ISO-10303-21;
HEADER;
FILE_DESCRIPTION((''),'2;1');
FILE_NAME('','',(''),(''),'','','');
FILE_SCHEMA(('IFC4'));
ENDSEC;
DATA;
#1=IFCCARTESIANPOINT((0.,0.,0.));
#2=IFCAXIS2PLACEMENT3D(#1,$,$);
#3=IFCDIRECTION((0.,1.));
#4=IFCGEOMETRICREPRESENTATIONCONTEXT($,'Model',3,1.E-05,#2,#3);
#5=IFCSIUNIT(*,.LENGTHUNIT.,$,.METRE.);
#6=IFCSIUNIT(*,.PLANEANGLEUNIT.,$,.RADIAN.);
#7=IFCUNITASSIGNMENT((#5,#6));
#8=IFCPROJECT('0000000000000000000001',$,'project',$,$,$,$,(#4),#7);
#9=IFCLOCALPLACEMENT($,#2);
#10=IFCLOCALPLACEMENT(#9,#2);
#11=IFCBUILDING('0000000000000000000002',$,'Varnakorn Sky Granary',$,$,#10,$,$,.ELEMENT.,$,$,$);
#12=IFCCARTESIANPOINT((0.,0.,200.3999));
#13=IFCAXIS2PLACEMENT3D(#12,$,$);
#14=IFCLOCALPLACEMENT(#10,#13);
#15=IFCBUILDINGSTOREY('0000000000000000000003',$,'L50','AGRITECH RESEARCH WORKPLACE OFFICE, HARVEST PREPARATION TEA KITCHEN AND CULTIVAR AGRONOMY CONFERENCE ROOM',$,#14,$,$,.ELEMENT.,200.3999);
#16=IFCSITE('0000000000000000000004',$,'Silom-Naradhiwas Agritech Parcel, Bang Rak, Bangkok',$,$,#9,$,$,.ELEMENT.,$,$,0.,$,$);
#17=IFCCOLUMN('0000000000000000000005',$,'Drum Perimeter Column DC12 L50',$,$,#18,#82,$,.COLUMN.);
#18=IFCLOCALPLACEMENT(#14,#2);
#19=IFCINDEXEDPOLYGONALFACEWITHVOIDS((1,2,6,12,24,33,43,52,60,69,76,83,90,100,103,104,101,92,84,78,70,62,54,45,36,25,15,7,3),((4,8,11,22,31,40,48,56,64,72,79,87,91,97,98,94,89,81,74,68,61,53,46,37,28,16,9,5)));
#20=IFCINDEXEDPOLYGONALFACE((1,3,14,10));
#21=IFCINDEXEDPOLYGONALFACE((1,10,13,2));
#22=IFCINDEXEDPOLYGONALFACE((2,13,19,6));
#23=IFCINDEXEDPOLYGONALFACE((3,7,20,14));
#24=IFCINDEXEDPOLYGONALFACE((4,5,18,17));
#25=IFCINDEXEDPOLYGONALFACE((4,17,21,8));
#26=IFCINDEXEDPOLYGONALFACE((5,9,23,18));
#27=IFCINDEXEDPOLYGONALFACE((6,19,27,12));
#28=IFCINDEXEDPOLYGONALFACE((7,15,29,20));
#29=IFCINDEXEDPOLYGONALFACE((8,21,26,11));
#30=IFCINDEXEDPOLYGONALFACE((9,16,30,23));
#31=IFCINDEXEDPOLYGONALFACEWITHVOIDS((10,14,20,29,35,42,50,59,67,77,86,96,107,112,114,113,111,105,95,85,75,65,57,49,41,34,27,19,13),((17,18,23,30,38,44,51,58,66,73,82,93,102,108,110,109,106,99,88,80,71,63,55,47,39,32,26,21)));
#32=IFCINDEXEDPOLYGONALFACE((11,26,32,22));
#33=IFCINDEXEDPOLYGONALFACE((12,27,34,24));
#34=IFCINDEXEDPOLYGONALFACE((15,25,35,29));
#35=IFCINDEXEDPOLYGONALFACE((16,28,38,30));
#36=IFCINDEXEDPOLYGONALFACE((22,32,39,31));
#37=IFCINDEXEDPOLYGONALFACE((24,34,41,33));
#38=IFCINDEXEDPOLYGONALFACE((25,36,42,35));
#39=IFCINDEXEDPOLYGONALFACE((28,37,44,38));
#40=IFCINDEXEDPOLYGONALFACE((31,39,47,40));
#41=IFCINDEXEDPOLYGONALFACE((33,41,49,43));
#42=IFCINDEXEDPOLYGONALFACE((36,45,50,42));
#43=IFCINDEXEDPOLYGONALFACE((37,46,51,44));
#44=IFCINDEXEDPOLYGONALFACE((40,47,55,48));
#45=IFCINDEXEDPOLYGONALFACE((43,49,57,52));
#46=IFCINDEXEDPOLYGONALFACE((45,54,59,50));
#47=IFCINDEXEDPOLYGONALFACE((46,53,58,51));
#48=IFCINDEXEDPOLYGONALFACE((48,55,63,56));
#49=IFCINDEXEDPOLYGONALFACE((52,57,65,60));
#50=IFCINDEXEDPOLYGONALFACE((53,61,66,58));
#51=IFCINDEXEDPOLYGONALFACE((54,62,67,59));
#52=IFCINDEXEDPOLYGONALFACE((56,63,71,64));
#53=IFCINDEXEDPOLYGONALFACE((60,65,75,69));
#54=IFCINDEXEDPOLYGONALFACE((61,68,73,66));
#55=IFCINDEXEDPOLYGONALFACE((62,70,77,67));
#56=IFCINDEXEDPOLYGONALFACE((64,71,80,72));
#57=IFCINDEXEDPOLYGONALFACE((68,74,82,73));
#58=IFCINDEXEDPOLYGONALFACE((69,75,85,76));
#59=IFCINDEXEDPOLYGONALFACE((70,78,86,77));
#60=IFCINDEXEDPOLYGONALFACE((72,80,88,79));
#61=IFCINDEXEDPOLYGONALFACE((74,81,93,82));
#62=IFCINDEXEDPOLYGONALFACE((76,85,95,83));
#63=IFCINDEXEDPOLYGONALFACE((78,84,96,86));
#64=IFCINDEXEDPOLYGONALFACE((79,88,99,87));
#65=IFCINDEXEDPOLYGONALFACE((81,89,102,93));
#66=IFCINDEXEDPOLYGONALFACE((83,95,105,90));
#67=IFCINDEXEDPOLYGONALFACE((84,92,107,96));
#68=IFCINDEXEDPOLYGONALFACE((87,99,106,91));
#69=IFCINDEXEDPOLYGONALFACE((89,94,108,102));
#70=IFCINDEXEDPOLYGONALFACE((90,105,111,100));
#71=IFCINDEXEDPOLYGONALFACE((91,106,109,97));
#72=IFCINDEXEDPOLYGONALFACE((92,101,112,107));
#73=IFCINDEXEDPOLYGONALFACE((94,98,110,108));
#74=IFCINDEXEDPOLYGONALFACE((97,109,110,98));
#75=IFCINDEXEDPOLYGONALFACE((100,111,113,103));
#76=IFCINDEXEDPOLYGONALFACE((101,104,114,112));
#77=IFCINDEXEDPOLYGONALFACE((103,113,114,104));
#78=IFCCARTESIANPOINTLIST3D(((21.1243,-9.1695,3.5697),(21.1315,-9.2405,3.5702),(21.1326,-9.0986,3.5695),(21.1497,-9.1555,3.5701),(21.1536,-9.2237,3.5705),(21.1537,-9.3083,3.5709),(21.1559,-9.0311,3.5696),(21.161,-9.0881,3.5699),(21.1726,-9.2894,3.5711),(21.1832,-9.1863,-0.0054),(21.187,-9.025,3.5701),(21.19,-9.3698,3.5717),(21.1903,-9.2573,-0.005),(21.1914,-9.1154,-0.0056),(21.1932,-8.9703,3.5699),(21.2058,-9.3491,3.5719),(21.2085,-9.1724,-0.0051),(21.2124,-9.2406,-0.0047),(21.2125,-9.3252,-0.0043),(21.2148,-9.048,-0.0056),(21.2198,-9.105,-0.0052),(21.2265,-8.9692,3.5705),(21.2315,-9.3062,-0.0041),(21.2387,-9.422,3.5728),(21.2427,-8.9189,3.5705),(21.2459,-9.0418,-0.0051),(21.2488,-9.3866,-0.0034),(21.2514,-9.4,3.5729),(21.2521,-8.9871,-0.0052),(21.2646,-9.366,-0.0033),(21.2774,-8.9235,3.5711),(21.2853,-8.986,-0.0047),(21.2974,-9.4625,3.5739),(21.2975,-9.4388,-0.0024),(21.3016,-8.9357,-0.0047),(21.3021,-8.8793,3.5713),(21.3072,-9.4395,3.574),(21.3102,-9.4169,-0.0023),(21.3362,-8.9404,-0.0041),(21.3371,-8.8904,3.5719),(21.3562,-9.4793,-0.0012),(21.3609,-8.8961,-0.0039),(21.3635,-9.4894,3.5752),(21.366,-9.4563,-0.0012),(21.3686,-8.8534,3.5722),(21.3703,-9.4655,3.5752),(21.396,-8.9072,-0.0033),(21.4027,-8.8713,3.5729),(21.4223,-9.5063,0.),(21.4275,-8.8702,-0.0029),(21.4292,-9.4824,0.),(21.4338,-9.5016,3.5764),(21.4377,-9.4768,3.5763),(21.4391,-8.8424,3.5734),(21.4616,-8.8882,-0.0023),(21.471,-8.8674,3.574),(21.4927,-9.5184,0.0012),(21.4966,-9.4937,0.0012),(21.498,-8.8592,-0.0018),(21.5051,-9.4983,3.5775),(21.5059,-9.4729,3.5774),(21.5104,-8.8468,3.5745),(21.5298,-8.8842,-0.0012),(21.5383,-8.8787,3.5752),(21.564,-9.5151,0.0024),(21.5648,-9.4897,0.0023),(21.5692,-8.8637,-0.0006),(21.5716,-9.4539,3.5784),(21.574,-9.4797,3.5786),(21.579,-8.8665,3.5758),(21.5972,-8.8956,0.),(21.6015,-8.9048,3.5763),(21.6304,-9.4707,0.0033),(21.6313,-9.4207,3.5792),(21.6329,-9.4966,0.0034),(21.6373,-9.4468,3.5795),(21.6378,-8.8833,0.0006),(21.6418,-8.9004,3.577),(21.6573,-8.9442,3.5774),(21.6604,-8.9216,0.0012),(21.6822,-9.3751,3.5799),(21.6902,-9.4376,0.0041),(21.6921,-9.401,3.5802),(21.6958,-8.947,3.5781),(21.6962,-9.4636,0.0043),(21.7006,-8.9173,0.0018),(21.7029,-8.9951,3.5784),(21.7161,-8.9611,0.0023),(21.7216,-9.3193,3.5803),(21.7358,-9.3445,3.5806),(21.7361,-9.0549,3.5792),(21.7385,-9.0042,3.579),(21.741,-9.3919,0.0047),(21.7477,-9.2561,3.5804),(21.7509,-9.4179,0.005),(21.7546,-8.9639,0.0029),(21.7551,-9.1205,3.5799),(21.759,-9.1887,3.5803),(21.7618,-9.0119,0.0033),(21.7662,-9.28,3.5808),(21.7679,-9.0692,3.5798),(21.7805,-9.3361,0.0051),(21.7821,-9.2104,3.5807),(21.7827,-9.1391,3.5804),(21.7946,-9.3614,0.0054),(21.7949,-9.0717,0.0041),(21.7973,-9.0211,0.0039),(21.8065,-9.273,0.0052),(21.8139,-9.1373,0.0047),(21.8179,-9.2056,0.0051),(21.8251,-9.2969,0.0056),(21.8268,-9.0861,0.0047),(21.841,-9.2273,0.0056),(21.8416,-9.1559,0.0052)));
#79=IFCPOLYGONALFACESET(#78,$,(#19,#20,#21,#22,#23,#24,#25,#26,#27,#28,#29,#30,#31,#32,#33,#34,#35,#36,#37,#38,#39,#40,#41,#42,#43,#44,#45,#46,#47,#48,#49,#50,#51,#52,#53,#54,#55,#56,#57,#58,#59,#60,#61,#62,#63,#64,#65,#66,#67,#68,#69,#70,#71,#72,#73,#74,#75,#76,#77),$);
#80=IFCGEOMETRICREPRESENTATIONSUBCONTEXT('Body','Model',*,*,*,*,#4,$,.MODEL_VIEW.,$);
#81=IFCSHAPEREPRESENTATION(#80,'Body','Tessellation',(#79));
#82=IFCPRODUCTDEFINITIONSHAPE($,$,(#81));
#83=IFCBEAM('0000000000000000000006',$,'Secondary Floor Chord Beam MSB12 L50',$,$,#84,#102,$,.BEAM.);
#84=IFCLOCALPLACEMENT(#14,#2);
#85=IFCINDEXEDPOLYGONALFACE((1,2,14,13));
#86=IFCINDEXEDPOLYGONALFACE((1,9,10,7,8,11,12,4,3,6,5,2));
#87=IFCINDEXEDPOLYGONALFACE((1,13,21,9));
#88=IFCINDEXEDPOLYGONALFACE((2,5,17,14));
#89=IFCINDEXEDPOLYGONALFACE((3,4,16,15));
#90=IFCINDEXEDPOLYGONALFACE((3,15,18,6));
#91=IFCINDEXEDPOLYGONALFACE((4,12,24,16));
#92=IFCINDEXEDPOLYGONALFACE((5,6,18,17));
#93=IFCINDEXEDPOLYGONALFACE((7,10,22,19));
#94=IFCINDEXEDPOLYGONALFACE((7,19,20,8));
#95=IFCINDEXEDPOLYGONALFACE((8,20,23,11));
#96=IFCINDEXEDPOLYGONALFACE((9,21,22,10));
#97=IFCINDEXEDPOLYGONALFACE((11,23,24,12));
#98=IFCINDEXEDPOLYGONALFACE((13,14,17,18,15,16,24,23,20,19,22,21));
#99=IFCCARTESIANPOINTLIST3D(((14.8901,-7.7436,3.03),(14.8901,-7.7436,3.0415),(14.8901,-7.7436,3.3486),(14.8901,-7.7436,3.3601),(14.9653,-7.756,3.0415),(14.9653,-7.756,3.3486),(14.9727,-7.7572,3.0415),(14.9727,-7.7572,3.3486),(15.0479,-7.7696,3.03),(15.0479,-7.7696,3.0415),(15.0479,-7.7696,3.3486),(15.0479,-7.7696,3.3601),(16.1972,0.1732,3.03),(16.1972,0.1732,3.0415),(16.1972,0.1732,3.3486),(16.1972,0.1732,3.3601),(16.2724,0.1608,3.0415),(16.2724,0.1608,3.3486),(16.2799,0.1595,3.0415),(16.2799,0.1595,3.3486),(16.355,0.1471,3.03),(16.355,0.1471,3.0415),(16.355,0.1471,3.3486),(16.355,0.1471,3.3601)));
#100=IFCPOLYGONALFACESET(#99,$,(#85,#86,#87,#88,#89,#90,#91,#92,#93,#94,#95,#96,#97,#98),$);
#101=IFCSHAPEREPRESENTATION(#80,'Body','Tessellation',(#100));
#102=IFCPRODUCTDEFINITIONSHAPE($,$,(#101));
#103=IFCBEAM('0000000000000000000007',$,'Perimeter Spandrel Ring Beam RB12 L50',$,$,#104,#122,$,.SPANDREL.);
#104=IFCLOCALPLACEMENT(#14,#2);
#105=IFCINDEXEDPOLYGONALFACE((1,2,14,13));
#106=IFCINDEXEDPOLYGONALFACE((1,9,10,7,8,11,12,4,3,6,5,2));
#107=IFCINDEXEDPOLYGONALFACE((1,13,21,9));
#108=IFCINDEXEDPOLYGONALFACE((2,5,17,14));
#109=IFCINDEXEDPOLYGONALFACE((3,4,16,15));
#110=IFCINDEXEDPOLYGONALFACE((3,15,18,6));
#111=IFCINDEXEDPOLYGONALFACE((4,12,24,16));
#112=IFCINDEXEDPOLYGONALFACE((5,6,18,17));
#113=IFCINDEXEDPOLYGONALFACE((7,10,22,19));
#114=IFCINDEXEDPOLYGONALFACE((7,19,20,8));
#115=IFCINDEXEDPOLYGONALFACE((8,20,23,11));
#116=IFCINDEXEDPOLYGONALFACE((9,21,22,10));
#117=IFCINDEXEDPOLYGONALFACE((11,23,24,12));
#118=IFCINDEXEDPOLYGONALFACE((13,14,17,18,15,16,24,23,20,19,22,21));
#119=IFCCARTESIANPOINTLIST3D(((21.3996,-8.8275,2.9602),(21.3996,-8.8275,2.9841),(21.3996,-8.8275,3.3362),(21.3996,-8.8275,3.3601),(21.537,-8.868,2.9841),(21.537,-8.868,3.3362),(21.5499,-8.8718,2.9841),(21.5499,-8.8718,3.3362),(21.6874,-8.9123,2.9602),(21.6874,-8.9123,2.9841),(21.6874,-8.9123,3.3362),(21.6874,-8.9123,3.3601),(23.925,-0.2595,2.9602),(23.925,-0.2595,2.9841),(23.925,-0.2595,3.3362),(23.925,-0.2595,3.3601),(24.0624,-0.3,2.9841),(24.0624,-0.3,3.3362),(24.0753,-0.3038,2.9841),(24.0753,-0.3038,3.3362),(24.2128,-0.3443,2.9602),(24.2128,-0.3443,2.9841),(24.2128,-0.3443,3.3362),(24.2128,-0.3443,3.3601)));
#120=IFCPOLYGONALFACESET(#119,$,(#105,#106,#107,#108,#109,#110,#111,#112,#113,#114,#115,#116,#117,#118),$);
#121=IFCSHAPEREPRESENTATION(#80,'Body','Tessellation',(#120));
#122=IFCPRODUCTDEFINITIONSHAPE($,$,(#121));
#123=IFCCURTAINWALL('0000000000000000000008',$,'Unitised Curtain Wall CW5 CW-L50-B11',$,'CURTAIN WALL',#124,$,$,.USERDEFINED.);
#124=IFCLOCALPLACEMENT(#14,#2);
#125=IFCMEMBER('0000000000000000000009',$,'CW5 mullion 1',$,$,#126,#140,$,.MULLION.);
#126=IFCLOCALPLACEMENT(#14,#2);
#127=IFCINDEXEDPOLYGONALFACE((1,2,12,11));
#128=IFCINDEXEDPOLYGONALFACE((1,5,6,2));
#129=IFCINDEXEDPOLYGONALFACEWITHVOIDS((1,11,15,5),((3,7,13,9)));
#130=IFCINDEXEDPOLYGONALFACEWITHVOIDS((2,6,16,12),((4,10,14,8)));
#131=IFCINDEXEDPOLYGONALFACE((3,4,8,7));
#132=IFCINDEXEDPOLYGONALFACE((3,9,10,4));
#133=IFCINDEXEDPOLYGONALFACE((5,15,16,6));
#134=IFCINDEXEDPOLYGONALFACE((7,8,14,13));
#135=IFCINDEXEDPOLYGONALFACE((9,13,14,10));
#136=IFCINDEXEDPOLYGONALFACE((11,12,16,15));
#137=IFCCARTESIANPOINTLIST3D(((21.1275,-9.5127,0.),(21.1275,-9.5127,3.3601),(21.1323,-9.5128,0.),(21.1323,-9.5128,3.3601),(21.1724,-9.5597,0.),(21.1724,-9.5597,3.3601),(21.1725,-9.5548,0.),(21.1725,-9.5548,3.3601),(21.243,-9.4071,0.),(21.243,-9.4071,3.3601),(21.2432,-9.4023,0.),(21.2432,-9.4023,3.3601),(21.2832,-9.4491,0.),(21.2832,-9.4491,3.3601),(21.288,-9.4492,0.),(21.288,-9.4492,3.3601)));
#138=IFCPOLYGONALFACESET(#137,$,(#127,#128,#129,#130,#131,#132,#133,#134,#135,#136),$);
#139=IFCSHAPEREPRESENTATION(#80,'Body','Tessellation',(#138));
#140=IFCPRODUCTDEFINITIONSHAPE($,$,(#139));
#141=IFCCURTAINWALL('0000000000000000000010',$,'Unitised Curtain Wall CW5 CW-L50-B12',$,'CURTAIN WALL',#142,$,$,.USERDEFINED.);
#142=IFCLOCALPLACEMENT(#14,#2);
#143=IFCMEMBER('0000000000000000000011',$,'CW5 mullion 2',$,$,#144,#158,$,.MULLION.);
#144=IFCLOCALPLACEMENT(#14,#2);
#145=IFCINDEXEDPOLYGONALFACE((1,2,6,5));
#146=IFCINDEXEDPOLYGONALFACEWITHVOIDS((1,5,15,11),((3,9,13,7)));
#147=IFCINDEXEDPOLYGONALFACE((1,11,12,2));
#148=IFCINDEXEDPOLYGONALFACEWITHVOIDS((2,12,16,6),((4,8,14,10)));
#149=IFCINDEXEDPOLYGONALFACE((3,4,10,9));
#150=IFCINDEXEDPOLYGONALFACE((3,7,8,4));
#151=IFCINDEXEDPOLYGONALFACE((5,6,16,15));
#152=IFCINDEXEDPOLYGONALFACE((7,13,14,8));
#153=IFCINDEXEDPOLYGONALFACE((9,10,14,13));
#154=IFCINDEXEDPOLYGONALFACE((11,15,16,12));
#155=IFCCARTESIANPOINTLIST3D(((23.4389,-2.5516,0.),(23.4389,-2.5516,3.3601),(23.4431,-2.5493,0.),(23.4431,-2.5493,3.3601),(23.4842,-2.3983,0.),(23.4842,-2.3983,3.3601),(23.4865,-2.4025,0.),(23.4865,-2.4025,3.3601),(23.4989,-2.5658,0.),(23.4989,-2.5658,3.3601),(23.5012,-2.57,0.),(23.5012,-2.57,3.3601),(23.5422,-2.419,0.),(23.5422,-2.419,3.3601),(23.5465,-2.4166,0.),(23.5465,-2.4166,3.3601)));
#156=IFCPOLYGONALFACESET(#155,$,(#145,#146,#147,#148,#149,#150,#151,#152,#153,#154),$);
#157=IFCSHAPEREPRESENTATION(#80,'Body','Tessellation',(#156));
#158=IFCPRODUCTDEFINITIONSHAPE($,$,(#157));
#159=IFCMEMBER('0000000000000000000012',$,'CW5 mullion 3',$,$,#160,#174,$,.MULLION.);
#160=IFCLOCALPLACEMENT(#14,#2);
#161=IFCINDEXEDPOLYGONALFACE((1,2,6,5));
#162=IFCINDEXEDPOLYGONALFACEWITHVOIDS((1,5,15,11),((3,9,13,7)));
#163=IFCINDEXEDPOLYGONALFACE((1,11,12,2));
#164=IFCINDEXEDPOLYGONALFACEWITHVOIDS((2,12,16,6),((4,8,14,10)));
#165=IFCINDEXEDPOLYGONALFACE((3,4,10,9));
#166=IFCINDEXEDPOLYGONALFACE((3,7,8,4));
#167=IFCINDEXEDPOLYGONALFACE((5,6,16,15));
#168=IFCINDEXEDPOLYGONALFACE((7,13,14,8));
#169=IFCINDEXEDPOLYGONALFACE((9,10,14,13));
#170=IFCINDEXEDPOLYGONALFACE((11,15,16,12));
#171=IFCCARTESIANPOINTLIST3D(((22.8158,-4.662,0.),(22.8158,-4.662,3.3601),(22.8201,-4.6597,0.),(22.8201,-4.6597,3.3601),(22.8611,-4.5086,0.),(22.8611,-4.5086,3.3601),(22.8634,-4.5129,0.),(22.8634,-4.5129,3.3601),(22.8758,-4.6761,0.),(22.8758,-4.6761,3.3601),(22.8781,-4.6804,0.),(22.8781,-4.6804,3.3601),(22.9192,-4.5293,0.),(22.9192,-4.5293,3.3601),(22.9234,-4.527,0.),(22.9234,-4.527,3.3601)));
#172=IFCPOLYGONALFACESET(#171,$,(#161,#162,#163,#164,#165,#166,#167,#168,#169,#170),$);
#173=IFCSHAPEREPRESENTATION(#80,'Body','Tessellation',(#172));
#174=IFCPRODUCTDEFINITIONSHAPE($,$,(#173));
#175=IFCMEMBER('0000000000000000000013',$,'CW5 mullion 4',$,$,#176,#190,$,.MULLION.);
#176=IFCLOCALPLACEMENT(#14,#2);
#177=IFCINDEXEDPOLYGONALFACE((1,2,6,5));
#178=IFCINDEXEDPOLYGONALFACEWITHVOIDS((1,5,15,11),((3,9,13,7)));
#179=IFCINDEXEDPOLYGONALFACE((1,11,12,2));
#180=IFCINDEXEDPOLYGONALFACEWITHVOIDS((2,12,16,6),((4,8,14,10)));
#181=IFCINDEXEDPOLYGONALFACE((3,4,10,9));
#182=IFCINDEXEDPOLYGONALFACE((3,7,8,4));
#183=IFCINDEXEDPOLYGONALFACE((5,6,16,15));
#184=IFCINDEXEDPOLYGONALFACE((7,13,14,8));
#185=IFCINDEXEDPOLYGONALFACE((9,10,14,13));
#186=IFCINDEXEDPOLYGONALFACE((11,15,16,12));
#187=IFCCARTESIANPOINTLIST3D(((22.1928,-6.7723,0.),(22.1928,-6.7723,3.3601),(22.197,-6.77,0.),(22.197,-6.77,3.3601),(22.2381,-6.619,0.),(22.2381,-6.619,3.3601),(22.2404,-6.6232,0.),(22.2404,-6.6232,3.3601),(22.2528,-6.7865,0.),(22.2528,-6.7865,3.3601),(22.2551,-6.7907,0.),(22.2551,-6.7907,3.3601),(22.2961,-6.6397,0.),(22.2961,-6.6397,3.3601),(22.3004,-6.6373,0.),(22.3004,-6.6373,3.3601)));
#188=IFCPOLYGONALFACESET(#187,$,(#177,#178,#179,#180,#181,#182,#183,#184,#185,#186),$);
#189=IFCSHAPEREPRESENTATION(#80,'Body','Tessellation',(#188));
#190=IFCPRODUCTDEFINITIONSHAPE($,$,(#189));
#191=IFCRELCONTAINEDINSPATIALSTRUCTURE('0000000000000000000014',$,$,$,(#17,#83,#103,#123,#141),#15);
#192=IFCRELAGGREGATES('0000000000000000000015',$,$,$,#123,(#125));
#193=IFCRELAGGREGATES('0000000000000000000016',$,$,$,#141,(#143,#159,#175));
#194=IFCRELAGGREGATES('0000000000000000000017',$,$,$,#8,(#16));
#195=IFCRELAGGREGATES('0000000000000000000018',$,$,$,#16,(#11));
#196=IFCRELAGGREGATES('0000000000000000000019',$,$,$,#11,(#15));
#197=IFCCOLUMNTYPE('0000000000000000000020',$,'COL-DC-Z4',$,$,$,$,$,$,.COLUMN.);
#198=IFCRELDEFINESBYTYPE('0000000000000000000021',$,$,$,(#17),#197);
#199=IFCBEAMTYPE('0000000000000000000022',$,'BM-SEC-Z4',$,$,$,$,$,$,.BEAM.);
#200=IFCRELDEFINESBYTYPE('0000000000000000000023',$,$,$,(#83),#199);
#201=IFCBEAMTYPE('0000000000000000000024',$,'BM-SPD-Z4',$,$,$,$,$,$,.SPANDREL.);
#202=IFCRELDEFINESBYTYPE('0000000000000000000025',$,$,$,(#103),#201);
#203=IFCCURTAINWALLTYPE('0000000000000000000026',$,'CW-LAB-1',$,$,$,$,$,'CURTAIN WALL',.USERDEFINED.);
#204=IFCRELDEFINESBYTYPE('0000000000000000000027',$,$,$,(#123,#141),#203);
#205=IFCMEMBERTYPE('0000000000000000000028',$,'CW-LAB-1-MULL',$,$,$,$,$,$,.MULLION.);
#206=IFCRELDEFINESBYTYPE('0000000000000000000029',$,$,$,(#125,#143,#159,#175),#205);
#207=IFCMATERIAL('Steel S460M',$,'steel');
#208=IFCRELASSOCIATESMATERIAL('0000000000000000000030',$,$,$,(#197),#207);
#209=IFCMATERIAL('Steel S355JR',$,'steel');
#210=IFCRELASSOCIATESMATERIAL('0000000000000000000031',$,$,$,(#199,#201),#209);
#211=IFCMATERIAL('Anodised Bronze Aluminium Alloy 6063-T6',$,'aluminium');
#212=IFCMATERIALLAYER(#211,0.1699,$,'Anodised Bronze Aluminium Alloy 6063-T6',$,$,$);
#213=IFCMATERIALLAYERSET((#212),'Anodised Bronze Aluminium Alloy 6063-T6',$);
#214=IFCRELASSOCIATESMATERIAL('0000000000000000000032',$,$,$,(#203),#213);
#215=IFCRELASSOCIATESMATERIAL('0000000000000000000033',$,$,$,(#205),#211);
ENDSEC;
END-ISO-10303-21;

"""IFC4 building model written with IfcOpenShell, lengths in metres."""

from ifc_helpers import new_model, si_unit, direction, frame, origin, origin_2d, place, context, subcontext, project, spatial, hollow_rectangle, hollow_circle, i_section, extrude, material, layer, layer_set, material_profile, profile_set, type_object, element, aggregate, save


model = new_model("IFC4")

# Units and contexts
model_context = context("Model", 3, precision=1e-05, world=origin(), true_north=direction((0.0, 1.0)))
body_context = subcontext(model_context, "Body", "Model", "MODEL_VIEW")
ifc_project = project(units=[si_unit("LENGTHUNIT", "METRE"), si_unit("PLANEANGLEUNIT", "RADIAN")], contexts=[model_context])

# Site, building, storey
site_placement = place(None, origin())
site = spatial("IfcSite", under=ifc_project, at=site_placement, Name="Silom-Naradhiwas Agritech Parcel, Bang Rak, Bangkok", CompositionType="ELEMENT", RefElevation=0.0)
building_placement = place(site_placement, origin())
building = spatial("IfcBuilding", under=site, at=building_placement, Name="Varnakorn Sky Granary", CompositionType="ELEMENT")
storey_placement = place(building_placement, frame((0.0, 0.0, 200.3999)))
storey = spatial("IfcBuildingStorey", under=building, at=storey_placement, Name="L50", Description="AGRITECH RESEARCH WORKPLACE OFFICE, HARVEST PREPARATION TEA KITCHEN AND CULTIVAR AGRONOMY CONFERENCE ROOM", CompositionType="ELEMENT", Elevation=200.3999)

# Column
ifc_material_1 = material(Name="Steel S460M", Category="steel")
ifc_material_profile_1 = material_profile(ifc_material_1, hollow_circle(Radius=0.3301, WallThickness=0.0249, at=origin_2d()), Name="CHS 660x25")
ifc_profile_set_1 = profile_set([ifc_material_profile_1], Name="Steel S460M")
column_type = type_object("IfcColumnType", Name="COL-DC-Z4", PredefinedType="COLUMN", material=ifc_profile_set_1)
column_placement = place(storey_placement, frame((21.5132, -9.189, 0.0), z_axis=(-0.016455, 0.004711, 0.999854), x_axis=(-0.275248, -0.961373, 0.0)))
element("IfcColumn", 1, at=column_placement, inside=storey, type_object=column_type, Name="Drum Perimeter Column DC12 L50", PredefinedType="COLUMN", context=body_context, shape_type="SweptSolid", body=[
    extrude(hollow_circle(Radius=0.3301, WallThickness=0.0249, at=origin_2d()), origin(), (0.0, 0.0, 1.0), 3.5757),
])

# Beams
ifc_material_2 = material(Name="Steel S355JR", Category="steel")
ifc_material_profile_2 = material_profile(ifc_material_2, i_section(OverallWidth=0.1599, OverallDepth=0.3301, WebThickness=0.0076, FlangeThickness=0.0115, at=origin_2d()), Name="IPE 330")
ifc_profile_set_2 = profile_set([ifc_material_profile_2], Name="Steel S355JR")
beam_type_1 = type_object("IfcBeamType", Name="BM-SEC-Z4", PredefinedType="BEAM", material=ifc_profile_set_2)
beam_1_placement = place(storey_placement, frame((14.969, -7.7566, 3.1951), z_axis=(0.162904, 0.986642, 0.0), x_axis=(-0.986642, 0.162904, 0.0)))
element("IfcBeam", 2, at=beam_1_placement, inside=storey, type_object=beam_type_1, Name="Secondary Floor Chord Beam MSB12 L50", PredefinedType="BEAM", context=body_context, shape_type="SweptSolid", body=[
    extrude(i_section(OverallWidth=0.1599, OverallDepth=0.3301, WebThickness=0.0076, FlangeThickness=0.0115, at=origin_2d()), origin(), (0.0, 0.0, 1.0), 8.0239),
])
ifc_material_profile_3 = material_profile(ifc_material_2, i_section(OverallWidth=0.3, OverallDepth=0.3999, WebThickness=0.0134, FlangeThickness=0.0239, at=origin_2d()), Name="HE 400 B")
ifc_profile_set_3 = profile_set([ifc_material_profile_3], Name="Steel S355JR")
beam_type_2 = type_object("IfcBeamType", Name="BM-SPD-Z4", PredefinedType="SPANDREL", material=ifc_profile_set_3)
beam_2_placement = place(storey_placement, frame((21.5435, -8.8699, 3.1602), z_axis=(0.282726, 0.959201, 0.0), x_axis=(-0.959201, 0.282726, 0.0)))
element("IfcBeam", 3, at=beam_2_placement, inside=storey, type_object=beam_type_2, Name="Perimeter Spandrel Ring Beam RB12 L50", PredefinedType="SPANDREL", context=body_context, shape_type="SweptSolid", body=[
    extrude(i_section(OverallWidth=0.3, OverallDepth=0.3999, WebThickness=0.0134, FlangeThickness=0.0239, at=origin_2d()), origin(), (0.0, 0.0, 1.0), 8.9324),
])

# Curtain wall, member
ifc_material_3 = material(Name="Anodised Bronze Aluminium Alloy 6063-T6", Category="aluminium")
ifc_layer_1 = layer(ifc_material_3, 0.1699, Name="Anodised Bronze Aluminium Alloy 6063-T6")
ifc_layer_set_1 = layer_set([ifc_layer_1], Name="Anodised Bronze Aluminium Alloy 6063-T6")
curtain_wall_type = type_object("IfcCurtainWallType", Name="CW-LAB-1", ElementType="CURTAIN WALL", PredefinedType="USERDEFINED", material=ifc_layer_set_1)
curtain_wall_1_placement = place(storey_placement, origin())
curtain_wall_1 = element("IfcCurtainWall", 4, at=curtain_wall_1_placement, inside=storey, type_object=curtain_wall_type, Name="Unitised Curtain Wall CW5 CW-L50-B11", ObjectType="CURTAIN WALL", PredefinedType="USERDEFINED")
ifc_material_profile_4 = material_profile(ifc_material_3, hollow_rectangle(XDim=0.0649, YDim=0.1599, WallThickness=0.0034, at=origin_2d()), Name="ALU MULL 65x160")
ifc_profile_set_4 = profile_set([ifc_material_profile_4], Name="Anodised Bronze Aluminium Alloy 6063-T6")
member_type_1 = type_object("IfcMemberType", Name="CW-LAB-1-MULL", PredefinedType="MULLION", material=ifc_profile_set_4)
member_1_placement = place(storey_placement, frame((21.2078, -9.481, 0.0), z_axis=(0.0, 0.0, 1.0), x_axis=(0.690697, -0.723144, 0.0)))
member_1 = element("IfcMember", 5, at=member_1_placement, type_object=member_type_1, Name="CW5 mullion 1", PredefinedType="MULLION", context=body_context, shape_type="SweptSolid", body=[
    extrude(hollow_rectangle(XDim=0.0649, YDim=0.1599, WallThickness=0.0034, at=origin_2d()), origin(), (0.0, 0.0, 1.0), 3.3601),
])

# Curtain wall, members
curtain_wall_2_placement = place(storey_placement, origin())
curtain_wall_2 = element("IfcCurtainWall", 6, at=curtain_wall_2_placement, inside=storey, type_object=curtain_wall_type, Name="Unitised Curtain Wall CW5 CW-L50-B12", ObjectType="CURTAIN WALL", PredefinedType="USERDEFINED")
member_2_placement = place(storey_placement, frame((23.4927, -2.4841, 0.0), z_axis=(0.0, 0.0, 1.0), x_axis=(0.959077, -0.283144, 0.0)))
member_2 = element("IfcMember", 7, at=member_2_placement, type_object=member_type_1, Name="CW5 mullion 2", PredefinedType="MULLION", context=body_context, shape_type="SweptSolid", body=[
    extrude(hollow_rectangle(XDim=0.0649, YDim=0.1599, WallThickness=0.0034, at=origin_2d()), origin(), (0.0, 0.0, 1.0), 3.3601),
])
member_3_placement = place(storey_placement, frame((22.8696, -4.5945, 0.0), z_axis=(0.0, 0.0, 1.0), x_axis=(0.959077, -0.283144, 0.0)))
member_3 = element("IfcMember", 8, at=member_3_placement, type_object=member_type_1, Name="CW5 mullion 3", PredefinedType="MULLION", context=body_context, shape_type="SweptSolid", body=[
    extrude(hollow_rectangle(XDim=0.0649, YDim=0.1599, WallThickness=0.0034, at=origin_2d()), origin(), (0.0, 0.0, 1.0), 3.3601),
])
member_4_placement = place(storey_placement, frame((22.2466, -6.7048, 0.0), z_axis=(0.0, 0.0, 1.0), x_axis=(0.959077, -0.283144, 0.0)))
member_4 = element("IfcMember", 9, at=member_4_placement, type_object=member_type_1, Name="CW5 mullion 4", PredefinedType="MULLION", context=body_context, shape_type="SweptSolid", body=[
    extrude(hollow_rectangle(XDim=0.0649, YDim=0.1599, WallThickness=0.0034, at=origin_2d()), origin(), (0.0, 0.0, 1.0), 3.3601),
])

aggregate(curtain_wall_1, [member_1])

aggregate(curtain_wall_2, [member_2, member_3, member_4])

save(model, "model.ifc")
